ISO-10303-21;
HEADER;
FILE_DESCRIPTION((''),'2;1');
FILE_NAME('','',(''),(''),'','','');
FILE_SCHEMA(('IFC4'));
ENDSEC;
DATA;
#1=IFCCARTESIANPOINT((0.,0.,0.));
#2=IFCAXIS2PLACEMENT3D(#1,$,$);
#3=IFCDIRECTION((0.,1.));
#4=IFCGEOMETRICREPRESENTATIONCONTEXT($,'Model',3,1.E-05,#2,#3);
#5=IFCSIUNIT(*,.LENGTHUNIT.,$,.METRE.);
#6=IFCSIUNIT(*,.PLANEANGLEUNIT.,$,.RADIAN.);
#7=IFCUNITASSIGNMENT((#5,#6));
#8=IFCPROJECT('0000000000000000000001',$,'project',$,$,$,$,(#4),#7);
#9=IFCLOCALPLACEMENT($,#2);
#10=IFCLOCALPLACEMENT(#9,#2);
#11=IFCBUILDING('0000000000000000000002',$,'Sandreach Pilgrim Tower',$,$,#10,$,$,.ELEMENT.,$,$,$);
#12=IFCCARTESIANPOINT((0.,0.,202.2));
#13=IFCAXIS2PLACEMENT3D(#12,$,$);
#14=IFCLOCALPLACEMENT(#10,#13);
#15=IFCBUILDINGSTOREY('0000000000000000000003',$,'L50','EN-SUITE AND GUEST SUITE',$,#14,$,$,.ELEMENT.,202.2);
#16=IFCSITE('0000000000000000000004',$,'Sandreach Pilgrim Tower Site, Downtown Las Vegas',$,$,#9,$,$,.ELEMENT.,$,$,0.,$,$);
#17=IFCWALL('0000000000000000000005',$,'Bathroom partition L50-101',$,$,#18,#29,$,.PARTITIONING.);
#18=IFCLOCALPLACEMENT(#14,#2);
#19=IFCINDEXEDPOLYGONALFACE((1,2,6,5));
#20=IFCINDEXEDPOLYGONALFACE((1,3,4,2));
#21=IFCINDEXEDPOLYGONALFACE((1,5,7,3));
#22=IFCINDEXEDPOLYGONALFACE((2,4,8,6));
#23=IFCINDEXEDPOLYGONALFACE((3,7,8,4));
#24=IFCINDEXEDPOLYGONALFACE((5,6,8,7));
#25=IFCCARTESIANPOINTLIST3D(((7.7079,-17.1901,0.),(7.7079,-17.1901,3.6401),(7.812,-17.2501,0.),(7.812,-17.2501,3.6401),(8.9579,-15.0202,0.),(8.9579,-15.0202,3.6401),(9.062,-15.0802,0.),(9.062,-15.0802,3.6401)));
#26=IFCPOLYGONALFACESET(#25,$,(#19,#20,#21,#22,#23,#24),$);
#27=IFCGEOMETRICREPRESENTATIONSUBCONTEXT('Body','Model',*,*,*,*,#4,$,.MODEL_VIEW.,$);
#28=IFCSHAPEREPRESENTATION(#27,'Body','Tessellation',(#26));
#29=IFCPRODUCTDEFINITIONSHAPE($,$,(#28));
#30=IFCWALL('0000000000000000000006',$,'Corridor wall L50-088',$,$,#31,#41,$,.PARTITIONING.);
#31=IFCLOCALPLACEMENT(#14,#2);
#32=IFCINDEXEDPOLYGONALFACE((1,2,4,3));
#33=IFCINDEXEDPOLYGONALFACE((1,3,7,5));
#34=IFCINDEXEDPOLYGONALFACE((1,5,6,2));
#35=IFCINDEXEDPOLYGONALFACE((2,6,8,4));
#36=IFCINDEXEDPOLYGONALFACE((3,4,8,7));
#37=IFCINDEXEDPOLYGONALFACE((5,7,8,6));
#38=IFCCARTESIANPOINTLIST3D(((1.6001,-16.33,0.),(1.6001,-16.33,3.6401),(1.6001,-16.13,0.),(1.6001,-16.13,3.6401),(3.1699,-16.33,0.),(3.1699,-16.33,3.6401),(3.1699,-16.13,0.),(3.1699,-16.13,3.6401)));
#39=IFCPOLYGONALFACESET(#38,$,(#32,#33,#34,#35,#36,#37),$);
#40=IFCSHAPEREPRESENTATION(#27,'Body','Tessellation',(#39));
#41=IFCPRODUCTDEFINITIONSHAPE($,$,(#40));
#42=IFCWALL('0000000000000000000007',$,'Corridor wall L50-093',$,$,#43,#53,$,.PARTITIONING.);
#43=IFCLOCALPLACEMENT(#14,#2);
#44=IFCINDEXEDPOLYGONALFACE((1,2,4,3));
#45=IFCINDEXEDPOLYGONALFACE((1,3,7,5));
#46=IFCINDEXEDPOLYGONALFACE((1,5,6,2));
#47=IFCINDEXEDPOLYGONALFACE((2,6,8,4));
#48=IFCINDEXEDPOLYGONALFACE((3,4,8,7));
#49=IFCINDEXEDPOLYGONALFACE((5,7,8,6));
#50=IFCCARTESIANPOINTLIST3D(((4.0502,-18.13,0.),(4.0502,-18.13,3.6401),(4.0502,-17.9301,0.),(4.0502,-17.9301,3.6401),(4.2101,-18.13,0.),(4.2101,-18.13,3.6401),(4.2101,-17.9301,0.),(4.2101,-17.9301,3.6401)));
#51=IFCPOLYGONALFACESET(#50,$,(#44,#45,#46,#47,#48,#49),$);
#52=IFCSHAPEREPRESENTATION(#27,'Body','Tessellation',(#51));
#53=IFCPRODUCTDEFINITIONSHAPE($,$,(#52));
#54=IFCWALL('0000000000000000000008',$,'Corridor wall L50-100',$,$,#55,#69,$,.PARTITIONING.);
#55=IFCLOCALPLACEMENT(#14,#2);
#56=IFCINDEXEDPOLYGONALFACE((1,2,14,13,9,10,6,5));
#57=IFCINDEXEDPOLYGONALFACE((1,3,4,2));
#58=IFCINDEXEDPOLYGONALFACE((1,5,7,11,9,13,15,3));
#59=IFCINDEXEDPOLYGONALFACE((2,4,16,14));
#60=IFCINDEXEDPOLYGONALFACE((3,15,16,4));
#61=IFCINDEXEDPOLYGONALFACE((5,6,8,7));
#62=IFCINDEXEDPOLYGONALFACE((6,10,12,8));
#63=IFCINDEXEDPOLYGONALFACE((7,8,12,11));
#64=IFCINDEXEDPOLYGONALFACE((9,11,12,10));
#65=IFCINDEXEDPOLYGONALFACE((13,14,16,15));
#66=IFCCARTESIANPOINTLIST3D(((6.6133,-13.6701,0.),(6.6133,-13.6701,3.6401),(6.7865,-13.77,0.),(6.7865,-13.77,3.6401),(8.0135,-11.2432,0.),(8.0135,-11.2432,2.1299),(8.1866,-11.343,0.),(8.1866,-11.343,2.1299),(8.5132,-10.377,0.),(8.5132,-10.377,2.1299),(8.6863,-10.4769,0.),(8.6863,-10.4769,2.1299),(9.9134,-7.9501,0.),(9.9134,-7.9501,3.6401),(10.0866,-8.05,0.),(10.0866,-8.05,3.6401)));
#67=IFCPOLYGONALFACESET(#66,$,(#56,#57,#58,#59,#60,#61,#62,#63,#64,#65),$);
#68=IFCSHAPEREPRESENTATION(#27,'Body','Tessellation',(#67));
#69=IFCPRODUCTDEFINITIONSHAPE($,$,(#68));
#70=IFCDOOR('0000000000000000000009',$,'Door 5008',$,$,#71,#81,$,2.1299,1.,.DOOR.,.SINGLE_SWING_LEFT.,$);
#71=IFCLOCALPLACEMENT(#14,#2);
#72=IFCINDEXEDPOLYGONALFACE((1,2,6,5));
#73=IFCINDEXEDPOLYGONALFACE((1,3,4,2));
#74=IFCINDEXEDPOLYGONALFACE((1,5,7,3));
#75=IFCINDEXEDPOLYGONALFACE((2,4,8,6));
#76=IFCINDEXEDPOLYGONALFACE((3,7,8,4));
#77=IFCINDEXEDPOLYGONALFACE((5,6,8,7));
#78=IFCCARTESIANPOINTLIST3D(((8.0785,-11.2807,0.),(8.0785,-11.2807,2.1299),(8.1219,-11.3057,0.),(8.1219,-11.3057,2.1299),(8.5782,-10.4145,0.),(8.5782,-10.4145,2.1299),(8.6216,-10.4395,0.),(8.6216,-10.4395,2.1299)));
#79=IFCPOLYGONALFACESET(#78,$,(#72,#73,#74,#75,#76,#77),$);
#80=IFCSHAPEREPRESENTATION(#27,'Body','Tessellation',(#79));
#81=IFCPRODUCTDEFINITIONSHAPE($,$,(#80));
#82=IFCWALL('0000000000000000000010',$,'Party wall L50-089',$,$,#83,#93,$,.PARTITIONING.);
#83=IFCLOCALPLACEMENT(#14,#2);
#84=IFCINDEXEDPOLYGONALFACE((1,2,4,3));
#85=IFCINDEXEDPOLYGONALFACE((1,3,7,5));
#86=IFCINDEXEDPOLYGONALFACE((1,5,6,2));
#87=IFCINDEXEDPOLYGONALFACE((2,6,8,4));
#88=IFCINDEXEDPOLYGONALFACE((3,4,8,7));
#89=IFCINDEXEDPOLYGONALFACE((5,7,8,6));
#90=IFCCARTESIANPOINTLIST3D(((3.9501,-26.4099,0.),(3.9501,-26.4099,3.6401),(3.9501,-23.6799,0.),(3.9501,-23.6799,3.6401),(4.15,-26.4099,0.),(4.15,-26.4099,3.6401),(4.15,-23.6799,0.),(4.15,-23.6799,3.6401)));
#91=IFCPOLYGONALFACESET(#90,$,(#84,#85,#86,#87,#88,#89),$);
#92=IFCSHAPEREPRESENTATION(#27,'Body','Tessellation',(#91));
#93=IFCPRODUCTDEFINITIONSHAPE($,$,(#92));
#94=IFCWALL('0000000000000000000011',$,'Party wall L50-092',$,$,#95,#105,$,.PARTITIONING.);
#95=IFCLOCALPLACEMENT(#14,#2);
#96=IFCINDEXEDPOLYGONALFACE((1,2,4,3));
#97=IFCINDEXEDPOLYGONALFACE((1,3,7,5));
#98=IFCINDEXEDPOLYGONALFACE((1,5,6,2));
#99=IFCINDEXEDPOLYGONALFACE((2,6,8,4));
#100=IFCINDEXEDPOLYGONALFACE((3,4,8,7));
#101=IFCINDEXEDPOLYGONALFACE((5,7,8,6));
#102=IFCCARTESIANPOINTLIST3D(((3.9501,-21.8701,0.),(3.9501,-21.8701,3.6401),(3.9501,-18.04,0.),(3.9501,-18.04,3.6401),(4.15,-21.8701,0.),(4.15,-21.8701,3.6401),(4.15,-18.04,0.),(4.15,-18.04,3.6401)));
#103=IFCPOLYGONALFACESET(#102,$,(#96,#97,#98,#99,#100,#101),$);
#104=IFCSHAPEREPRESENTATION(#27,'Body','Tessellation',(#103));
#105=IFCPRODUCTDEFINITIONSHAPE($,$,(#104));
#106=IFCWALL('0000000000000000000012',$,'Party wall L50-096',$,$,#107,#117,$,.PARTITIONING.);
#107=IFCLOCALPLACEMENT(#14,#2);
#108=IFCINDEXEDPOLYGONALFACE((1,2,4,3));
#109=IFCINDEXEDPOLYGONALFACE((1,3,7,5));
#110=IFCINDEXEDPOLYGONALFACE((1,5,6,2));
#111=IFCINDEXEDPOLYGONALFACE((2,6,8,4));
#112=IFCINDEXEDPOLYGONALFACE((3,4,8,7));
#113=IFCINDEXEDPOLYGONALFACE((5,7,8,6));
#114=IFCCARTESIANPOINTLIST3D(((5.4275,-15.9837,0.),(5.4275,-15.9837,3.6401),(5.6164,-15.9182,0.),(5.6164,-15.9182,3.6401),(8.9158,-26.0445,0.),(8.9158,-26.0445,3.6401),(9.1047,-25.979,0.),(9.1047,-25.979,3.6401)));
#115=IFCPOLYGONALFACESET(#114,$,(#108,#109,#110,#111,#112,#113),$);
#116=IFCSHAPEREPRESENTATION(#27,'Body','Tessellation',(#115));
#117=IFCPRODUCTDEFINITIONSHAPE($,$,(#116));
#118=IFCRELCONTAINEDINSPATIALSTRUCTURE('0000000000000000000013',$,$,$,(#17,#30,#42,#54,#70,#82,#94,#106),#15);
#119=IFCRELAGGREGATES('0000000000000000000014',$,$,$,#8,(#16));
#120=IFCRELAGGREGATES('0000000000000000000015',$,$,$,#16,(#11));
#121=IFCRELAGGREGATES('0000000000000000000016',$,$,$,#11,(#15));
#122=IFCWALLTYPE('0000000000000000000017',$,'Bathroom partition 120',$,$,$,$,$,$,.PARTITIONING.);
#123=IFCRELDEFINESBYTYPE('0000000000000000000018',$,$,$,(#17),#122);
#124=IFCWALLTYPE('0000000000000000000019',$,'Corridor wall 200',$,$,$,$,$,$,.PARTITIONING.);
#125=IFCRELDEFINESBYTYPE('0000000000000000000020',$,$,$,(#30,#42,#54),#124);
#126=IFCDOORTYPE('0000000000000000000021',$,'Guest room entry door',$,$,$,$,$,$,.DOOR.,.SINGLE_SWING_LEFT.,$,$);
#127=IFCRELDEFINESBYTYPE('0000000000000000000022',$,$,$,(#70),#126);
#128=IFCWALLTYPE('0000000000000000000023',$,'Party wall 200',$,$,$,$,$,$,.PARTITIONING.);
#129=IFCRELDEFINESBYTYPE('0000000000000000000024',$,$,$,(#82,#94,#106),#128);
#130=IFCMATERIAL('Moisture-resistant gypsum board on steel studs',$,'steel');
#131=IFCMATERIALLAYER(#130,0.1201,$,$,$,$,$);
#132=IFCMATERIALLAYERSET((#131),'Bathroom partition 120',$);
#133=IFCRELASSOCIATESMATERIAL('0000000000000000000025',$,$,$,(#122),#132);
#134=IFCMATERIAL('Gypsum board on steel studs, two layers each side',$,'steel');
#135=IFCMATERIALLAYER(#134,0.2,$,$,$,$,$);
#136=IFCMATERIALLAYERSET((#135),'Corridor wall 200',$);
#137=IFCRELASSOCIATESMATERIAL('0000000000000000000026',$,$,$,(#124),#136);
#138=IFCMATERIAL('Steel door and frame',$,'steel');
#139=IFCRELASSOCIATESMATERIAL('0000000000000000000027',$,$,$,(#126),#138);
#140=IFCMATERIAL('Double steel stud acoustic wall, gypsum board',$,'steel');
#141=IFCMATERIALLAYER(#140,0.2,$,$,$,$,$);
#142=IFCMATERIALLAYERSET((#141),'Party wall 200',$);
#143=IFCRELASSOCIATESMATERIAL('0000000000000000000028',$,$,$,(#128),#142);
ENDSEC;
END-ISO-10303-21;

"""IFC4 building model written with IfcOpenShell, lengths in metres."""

from ifc_helpers import new_model, si_unit, direction, frame, frame_2d, origin, place, context, subcontext, project, spatial, rectangle, extrude, material, layer, layer_set, type_object, element, fill, save


model = new_model("IFC4")

# Units and contexts
model_context = context("Model", 3, precision=1e-05, world=origin(), true_north=direction((0.0, 1.0)))
body_context = subcontext(model_context, "Body", "Model", "MODEL_VIEW")
ifc_project = project(units=[si_unit("LENGTHUNIT", "METRE"), si_unit("PLANEANGLEUNIT", "RADIAN")], contexts=[model_context])

# Site, building, storey
site_placement = place(None, origin())
site = spatial("IfcSite", under=ifc_project, at=site_placement, Name="Sandreach Pilgrim Tower Site, Downtown Las Vegas", CompositionType="ELEMENT", RefElevation=0.0)
building_placement = place(site_placement, origin())
building = spatial("IfcBuilding", under=site, at=building_placement, Name="Sandreach Pilgrim Tower", CompositionType="ELEMENT")
storey_placement = place(building_placement, frame((0.0, 0.0, 202.2)))
storey = spatial("IfcBuildingStorey", under=building, at=storey_placement, Name="L50", Description="EN-SUITE AND GUEST SUITE", CompositionType="ELEMENT", Elevation=202.2)

# Shared definitions
ifc_material_1 = material(Name="Moisture-resistant gypsum board on steel studs", Category="steel")
ifc_layer_1 = layer(ifc_material_1, 0.1201)
ifc_layer_set_1 = layer_set([ifc_layer_1], Name="Bathroom partition 120")
wall_type_1 = type_object("IfcWallType", Name="Bathroom partition 120", PredefinedType="PARTITIONING", material=ifc_layer_set_1)

# Wall
wall_1_placement = place(storey_placement, frame((7.76, -17.22, 0.0), z_axis=(0.0, 0.0, 1.0), x_axis=(0.49916, 0.86651, 0.0)))
element("IfcWall", 1, at=wall_1_placement, inside=storey, type_object=wall_type_1, Name="Bathroom partition L50-101", PredefinedType="PARTITIONING", context=body_context, shape_type="SweptSolid", body=[
    extrude(rectangle(XDim=2.5042, YDim=0.1201, at=frame_2d((1.252, 0.0))), origin(), (0.0, 0.0, 1.0), 3.6401),
])

# Shared definitions
ifc_material_2 = material(Name="Gypsum board on steel studs, two layers each side", Category="steel")
ifc_layer_2 = layer(ifc_material_2, 0.2)
ifc_layer_set_2 = layer_set([ifc_layer_2], Name="Corridor wall 200")
wall_type_2 = type_object("IfcWallType", Name="Corridor wall 200", PredefinedType="PARTITIONING", material=ifc_layer_set_2)

# Walls
wall_2_placement = place(storey_placement, frame((3.1699, -16.23, 0.0), z_axis=(0.0, 0.0, 1.0), x_axis=(-1.0, 0.0, 0.0)))
element("IfcWall", 2, at=wall_2_placement, inside=storey, type_object=wall_type_2, Name="Corridor wall L50-088", PredefinedType="PARTITIONING", context=body_context, shape_type="SweptSolid", body=[
    extrude(rectangle(XDim=1.5698, YDim=0.2, at=frame_2d((0.7849, 0.0))), origin(), (0.0, 0.0, 1.0), 3.6401),
])
wall_3_placement = place(storey_placement, frame((4.05, -18.03, 0.0), z_axis=(0.0, 0.0, 1.0), x_axis=(1.0, 0.0, 0.0)))
element("IfcWall", 3, at=wall_3_placement, inside=storey, type_object=wall_type_2, Name="Corridor wall L50-093", PredefinedType="PARTITIONING", context=body_context, shape_type="SweptSolid", body=[
    extrude(rectangle(XDim=0.1599, YDim=0.2, at=frame_2d((0.0801, 0.0))), origin(), (0.0, 0.0, 1.0), 3.6401),
])

# Wall, opening, door
ifc_material_3 = material(Name="Steel door and frame", Category="steel")
door_type_1 = type_object("IfcDoorType", Name="Guest room entry door", OperationType="SINGLE_SWING_LEFT", PredefinedType="DOOR", material=ifc_material_3)
wall_4_placement = place(storey_placement, frame((6.7, -13.72, 0.0), z_axis=(0.0, 0.0, 1.0), x_axis=(0.49973, 0.866181, 0.0)))
wall_4 = element("IfcWall", 4, at=wall_4_placement, inside=storey, type_object=wall_type_2, Name="Corridor wall L50-100", PredefinedType="PARTITIONING", context=body_context, shape_type="SweptSolid", body=[
    extrude(rectangle(XDim=6.6038, YDim=0.2, at=frame_2d((3.3018, 0.0))), origin(), (0.0, 0.0, 1.0), 3.6401),
])
opening_1_placement = place(wall_4_placement, frame((2.8018, 0.0, 0.0)))
opening_1 = element("IfcOpeningElement", 5, at=opening_1_placement, cuts=wall_4, PredefinedType="OPENING", context=body_context, shape_type="SweptSolid", body=[
    extrude(rectangle(XDim=1.0, YDim=2.1299, at=frame_2d((0.5, 1.0649))), frame((0.0, 0.1001, 0.0), z_axis=(0.0, -1.0, 0.0), x_axis=(1.0, 0.0, 0.0)), (0.0, 0.0, 1.0), 0.2),
])
door_1_placement = place(opening_1_placement, origin())
door_1 = element("IfcDoor", 6, at=door_1_placement, inside=storey, type_object=door_type_1, Name="Door 5008", OperationType="SINGLE_SWING_LEFT", OverallHeight=2.1299, OverallWidth=1.0, PredefinedType="DOOR", context=body_context, shape_type="SweptSolid", body=[
    extrude(rectangle(XDim=1.0, YDim=2.1299, at=frame_2d((0.5, 1.0649))), frame((0.0, 0.0249, 0.0), z_axis=(0.0, -1.0, 0.0), x_axis=(1.0, 0.0, 0.0)), (0.0, 0.0, 1.0), 0.05),
])
fill(opening_1, door_1)

# Walls
ifc_material_4 = material(Name="Double steel stud acoustic wall, gypsum board", Category="steel")
ifc_layer_3 = layer(ifc_material_4, 0.2)
ifc_layer_set_3 = layer_set([ifc_layer_3], Name="Party wall 200")
wall_type_3 = type_object("IfcWallType", Name="Party wall 200", PredefinedType="PARTITIONING", material=ifc_layer_set_3)
wall_5_placement = place(storey_placement, frame((4.05, -26.4099, 0.0), z_axis=(0.0, 0.0, 1.0), x_axis=(0.0, 1.0, 0.0)))
element("IfcWall", 7, at=wall_5_placement, inside=storey, type_object=wall_type_3, Name="Party wall L50-089", PredefinedType="PARTITIONING", context=body_context, shape_type="SweptSolid", body=[
    extrude(rectangle(XDim=2.73, YDim=0.2, at=frame_2d((1.365, 0.0))), origin(), (0.0, 0.0, 1.0), 3.6401),
])
wall_6_placement = place(storey_placement, frame((4.05, -21.8701, 0.0), z_axis=(0.0, 0.0, 1.0), x_axis=(0.0, 1.0, 0.0)))
element("IfcWall", 8, at=wall_6_placement, inside=storey, type_object=wall_type_3, Name="Party wall L50-092", PredefinedType="PARTITIONING", context=body_context, shape_type="SweptSolid", body=[
    extrude(rectangle(XDim=3.8301, YDim=0.2, at=frame_2d((1.915, 0.0))), origin(), (0.0, 0.0, 1.0), 3.6401),
])
wall_7_placement = place(storey_placement, frame((5.522, -15.9509, 0.0), z_axis=(0.0, 0.0, 1.0), x_axis=(0.327589, -0.94482, 0.0)))
element("IfcWall", 9, at=wall_7_placement, inside=storey, type_object=wall_type_3, Name="Party wall L50-096", PredefinedType="PARTITIONING", context=body_context, shape_type="SweptSolid", body=[
    extrude(rectangle(XDim=10.6484, YDim=0.2, at=frame_2d((5.3242, 0.0))), origin(), (0.0, 0.0, 1.0), 3.6401),
])

save(model, "model.ifc")
